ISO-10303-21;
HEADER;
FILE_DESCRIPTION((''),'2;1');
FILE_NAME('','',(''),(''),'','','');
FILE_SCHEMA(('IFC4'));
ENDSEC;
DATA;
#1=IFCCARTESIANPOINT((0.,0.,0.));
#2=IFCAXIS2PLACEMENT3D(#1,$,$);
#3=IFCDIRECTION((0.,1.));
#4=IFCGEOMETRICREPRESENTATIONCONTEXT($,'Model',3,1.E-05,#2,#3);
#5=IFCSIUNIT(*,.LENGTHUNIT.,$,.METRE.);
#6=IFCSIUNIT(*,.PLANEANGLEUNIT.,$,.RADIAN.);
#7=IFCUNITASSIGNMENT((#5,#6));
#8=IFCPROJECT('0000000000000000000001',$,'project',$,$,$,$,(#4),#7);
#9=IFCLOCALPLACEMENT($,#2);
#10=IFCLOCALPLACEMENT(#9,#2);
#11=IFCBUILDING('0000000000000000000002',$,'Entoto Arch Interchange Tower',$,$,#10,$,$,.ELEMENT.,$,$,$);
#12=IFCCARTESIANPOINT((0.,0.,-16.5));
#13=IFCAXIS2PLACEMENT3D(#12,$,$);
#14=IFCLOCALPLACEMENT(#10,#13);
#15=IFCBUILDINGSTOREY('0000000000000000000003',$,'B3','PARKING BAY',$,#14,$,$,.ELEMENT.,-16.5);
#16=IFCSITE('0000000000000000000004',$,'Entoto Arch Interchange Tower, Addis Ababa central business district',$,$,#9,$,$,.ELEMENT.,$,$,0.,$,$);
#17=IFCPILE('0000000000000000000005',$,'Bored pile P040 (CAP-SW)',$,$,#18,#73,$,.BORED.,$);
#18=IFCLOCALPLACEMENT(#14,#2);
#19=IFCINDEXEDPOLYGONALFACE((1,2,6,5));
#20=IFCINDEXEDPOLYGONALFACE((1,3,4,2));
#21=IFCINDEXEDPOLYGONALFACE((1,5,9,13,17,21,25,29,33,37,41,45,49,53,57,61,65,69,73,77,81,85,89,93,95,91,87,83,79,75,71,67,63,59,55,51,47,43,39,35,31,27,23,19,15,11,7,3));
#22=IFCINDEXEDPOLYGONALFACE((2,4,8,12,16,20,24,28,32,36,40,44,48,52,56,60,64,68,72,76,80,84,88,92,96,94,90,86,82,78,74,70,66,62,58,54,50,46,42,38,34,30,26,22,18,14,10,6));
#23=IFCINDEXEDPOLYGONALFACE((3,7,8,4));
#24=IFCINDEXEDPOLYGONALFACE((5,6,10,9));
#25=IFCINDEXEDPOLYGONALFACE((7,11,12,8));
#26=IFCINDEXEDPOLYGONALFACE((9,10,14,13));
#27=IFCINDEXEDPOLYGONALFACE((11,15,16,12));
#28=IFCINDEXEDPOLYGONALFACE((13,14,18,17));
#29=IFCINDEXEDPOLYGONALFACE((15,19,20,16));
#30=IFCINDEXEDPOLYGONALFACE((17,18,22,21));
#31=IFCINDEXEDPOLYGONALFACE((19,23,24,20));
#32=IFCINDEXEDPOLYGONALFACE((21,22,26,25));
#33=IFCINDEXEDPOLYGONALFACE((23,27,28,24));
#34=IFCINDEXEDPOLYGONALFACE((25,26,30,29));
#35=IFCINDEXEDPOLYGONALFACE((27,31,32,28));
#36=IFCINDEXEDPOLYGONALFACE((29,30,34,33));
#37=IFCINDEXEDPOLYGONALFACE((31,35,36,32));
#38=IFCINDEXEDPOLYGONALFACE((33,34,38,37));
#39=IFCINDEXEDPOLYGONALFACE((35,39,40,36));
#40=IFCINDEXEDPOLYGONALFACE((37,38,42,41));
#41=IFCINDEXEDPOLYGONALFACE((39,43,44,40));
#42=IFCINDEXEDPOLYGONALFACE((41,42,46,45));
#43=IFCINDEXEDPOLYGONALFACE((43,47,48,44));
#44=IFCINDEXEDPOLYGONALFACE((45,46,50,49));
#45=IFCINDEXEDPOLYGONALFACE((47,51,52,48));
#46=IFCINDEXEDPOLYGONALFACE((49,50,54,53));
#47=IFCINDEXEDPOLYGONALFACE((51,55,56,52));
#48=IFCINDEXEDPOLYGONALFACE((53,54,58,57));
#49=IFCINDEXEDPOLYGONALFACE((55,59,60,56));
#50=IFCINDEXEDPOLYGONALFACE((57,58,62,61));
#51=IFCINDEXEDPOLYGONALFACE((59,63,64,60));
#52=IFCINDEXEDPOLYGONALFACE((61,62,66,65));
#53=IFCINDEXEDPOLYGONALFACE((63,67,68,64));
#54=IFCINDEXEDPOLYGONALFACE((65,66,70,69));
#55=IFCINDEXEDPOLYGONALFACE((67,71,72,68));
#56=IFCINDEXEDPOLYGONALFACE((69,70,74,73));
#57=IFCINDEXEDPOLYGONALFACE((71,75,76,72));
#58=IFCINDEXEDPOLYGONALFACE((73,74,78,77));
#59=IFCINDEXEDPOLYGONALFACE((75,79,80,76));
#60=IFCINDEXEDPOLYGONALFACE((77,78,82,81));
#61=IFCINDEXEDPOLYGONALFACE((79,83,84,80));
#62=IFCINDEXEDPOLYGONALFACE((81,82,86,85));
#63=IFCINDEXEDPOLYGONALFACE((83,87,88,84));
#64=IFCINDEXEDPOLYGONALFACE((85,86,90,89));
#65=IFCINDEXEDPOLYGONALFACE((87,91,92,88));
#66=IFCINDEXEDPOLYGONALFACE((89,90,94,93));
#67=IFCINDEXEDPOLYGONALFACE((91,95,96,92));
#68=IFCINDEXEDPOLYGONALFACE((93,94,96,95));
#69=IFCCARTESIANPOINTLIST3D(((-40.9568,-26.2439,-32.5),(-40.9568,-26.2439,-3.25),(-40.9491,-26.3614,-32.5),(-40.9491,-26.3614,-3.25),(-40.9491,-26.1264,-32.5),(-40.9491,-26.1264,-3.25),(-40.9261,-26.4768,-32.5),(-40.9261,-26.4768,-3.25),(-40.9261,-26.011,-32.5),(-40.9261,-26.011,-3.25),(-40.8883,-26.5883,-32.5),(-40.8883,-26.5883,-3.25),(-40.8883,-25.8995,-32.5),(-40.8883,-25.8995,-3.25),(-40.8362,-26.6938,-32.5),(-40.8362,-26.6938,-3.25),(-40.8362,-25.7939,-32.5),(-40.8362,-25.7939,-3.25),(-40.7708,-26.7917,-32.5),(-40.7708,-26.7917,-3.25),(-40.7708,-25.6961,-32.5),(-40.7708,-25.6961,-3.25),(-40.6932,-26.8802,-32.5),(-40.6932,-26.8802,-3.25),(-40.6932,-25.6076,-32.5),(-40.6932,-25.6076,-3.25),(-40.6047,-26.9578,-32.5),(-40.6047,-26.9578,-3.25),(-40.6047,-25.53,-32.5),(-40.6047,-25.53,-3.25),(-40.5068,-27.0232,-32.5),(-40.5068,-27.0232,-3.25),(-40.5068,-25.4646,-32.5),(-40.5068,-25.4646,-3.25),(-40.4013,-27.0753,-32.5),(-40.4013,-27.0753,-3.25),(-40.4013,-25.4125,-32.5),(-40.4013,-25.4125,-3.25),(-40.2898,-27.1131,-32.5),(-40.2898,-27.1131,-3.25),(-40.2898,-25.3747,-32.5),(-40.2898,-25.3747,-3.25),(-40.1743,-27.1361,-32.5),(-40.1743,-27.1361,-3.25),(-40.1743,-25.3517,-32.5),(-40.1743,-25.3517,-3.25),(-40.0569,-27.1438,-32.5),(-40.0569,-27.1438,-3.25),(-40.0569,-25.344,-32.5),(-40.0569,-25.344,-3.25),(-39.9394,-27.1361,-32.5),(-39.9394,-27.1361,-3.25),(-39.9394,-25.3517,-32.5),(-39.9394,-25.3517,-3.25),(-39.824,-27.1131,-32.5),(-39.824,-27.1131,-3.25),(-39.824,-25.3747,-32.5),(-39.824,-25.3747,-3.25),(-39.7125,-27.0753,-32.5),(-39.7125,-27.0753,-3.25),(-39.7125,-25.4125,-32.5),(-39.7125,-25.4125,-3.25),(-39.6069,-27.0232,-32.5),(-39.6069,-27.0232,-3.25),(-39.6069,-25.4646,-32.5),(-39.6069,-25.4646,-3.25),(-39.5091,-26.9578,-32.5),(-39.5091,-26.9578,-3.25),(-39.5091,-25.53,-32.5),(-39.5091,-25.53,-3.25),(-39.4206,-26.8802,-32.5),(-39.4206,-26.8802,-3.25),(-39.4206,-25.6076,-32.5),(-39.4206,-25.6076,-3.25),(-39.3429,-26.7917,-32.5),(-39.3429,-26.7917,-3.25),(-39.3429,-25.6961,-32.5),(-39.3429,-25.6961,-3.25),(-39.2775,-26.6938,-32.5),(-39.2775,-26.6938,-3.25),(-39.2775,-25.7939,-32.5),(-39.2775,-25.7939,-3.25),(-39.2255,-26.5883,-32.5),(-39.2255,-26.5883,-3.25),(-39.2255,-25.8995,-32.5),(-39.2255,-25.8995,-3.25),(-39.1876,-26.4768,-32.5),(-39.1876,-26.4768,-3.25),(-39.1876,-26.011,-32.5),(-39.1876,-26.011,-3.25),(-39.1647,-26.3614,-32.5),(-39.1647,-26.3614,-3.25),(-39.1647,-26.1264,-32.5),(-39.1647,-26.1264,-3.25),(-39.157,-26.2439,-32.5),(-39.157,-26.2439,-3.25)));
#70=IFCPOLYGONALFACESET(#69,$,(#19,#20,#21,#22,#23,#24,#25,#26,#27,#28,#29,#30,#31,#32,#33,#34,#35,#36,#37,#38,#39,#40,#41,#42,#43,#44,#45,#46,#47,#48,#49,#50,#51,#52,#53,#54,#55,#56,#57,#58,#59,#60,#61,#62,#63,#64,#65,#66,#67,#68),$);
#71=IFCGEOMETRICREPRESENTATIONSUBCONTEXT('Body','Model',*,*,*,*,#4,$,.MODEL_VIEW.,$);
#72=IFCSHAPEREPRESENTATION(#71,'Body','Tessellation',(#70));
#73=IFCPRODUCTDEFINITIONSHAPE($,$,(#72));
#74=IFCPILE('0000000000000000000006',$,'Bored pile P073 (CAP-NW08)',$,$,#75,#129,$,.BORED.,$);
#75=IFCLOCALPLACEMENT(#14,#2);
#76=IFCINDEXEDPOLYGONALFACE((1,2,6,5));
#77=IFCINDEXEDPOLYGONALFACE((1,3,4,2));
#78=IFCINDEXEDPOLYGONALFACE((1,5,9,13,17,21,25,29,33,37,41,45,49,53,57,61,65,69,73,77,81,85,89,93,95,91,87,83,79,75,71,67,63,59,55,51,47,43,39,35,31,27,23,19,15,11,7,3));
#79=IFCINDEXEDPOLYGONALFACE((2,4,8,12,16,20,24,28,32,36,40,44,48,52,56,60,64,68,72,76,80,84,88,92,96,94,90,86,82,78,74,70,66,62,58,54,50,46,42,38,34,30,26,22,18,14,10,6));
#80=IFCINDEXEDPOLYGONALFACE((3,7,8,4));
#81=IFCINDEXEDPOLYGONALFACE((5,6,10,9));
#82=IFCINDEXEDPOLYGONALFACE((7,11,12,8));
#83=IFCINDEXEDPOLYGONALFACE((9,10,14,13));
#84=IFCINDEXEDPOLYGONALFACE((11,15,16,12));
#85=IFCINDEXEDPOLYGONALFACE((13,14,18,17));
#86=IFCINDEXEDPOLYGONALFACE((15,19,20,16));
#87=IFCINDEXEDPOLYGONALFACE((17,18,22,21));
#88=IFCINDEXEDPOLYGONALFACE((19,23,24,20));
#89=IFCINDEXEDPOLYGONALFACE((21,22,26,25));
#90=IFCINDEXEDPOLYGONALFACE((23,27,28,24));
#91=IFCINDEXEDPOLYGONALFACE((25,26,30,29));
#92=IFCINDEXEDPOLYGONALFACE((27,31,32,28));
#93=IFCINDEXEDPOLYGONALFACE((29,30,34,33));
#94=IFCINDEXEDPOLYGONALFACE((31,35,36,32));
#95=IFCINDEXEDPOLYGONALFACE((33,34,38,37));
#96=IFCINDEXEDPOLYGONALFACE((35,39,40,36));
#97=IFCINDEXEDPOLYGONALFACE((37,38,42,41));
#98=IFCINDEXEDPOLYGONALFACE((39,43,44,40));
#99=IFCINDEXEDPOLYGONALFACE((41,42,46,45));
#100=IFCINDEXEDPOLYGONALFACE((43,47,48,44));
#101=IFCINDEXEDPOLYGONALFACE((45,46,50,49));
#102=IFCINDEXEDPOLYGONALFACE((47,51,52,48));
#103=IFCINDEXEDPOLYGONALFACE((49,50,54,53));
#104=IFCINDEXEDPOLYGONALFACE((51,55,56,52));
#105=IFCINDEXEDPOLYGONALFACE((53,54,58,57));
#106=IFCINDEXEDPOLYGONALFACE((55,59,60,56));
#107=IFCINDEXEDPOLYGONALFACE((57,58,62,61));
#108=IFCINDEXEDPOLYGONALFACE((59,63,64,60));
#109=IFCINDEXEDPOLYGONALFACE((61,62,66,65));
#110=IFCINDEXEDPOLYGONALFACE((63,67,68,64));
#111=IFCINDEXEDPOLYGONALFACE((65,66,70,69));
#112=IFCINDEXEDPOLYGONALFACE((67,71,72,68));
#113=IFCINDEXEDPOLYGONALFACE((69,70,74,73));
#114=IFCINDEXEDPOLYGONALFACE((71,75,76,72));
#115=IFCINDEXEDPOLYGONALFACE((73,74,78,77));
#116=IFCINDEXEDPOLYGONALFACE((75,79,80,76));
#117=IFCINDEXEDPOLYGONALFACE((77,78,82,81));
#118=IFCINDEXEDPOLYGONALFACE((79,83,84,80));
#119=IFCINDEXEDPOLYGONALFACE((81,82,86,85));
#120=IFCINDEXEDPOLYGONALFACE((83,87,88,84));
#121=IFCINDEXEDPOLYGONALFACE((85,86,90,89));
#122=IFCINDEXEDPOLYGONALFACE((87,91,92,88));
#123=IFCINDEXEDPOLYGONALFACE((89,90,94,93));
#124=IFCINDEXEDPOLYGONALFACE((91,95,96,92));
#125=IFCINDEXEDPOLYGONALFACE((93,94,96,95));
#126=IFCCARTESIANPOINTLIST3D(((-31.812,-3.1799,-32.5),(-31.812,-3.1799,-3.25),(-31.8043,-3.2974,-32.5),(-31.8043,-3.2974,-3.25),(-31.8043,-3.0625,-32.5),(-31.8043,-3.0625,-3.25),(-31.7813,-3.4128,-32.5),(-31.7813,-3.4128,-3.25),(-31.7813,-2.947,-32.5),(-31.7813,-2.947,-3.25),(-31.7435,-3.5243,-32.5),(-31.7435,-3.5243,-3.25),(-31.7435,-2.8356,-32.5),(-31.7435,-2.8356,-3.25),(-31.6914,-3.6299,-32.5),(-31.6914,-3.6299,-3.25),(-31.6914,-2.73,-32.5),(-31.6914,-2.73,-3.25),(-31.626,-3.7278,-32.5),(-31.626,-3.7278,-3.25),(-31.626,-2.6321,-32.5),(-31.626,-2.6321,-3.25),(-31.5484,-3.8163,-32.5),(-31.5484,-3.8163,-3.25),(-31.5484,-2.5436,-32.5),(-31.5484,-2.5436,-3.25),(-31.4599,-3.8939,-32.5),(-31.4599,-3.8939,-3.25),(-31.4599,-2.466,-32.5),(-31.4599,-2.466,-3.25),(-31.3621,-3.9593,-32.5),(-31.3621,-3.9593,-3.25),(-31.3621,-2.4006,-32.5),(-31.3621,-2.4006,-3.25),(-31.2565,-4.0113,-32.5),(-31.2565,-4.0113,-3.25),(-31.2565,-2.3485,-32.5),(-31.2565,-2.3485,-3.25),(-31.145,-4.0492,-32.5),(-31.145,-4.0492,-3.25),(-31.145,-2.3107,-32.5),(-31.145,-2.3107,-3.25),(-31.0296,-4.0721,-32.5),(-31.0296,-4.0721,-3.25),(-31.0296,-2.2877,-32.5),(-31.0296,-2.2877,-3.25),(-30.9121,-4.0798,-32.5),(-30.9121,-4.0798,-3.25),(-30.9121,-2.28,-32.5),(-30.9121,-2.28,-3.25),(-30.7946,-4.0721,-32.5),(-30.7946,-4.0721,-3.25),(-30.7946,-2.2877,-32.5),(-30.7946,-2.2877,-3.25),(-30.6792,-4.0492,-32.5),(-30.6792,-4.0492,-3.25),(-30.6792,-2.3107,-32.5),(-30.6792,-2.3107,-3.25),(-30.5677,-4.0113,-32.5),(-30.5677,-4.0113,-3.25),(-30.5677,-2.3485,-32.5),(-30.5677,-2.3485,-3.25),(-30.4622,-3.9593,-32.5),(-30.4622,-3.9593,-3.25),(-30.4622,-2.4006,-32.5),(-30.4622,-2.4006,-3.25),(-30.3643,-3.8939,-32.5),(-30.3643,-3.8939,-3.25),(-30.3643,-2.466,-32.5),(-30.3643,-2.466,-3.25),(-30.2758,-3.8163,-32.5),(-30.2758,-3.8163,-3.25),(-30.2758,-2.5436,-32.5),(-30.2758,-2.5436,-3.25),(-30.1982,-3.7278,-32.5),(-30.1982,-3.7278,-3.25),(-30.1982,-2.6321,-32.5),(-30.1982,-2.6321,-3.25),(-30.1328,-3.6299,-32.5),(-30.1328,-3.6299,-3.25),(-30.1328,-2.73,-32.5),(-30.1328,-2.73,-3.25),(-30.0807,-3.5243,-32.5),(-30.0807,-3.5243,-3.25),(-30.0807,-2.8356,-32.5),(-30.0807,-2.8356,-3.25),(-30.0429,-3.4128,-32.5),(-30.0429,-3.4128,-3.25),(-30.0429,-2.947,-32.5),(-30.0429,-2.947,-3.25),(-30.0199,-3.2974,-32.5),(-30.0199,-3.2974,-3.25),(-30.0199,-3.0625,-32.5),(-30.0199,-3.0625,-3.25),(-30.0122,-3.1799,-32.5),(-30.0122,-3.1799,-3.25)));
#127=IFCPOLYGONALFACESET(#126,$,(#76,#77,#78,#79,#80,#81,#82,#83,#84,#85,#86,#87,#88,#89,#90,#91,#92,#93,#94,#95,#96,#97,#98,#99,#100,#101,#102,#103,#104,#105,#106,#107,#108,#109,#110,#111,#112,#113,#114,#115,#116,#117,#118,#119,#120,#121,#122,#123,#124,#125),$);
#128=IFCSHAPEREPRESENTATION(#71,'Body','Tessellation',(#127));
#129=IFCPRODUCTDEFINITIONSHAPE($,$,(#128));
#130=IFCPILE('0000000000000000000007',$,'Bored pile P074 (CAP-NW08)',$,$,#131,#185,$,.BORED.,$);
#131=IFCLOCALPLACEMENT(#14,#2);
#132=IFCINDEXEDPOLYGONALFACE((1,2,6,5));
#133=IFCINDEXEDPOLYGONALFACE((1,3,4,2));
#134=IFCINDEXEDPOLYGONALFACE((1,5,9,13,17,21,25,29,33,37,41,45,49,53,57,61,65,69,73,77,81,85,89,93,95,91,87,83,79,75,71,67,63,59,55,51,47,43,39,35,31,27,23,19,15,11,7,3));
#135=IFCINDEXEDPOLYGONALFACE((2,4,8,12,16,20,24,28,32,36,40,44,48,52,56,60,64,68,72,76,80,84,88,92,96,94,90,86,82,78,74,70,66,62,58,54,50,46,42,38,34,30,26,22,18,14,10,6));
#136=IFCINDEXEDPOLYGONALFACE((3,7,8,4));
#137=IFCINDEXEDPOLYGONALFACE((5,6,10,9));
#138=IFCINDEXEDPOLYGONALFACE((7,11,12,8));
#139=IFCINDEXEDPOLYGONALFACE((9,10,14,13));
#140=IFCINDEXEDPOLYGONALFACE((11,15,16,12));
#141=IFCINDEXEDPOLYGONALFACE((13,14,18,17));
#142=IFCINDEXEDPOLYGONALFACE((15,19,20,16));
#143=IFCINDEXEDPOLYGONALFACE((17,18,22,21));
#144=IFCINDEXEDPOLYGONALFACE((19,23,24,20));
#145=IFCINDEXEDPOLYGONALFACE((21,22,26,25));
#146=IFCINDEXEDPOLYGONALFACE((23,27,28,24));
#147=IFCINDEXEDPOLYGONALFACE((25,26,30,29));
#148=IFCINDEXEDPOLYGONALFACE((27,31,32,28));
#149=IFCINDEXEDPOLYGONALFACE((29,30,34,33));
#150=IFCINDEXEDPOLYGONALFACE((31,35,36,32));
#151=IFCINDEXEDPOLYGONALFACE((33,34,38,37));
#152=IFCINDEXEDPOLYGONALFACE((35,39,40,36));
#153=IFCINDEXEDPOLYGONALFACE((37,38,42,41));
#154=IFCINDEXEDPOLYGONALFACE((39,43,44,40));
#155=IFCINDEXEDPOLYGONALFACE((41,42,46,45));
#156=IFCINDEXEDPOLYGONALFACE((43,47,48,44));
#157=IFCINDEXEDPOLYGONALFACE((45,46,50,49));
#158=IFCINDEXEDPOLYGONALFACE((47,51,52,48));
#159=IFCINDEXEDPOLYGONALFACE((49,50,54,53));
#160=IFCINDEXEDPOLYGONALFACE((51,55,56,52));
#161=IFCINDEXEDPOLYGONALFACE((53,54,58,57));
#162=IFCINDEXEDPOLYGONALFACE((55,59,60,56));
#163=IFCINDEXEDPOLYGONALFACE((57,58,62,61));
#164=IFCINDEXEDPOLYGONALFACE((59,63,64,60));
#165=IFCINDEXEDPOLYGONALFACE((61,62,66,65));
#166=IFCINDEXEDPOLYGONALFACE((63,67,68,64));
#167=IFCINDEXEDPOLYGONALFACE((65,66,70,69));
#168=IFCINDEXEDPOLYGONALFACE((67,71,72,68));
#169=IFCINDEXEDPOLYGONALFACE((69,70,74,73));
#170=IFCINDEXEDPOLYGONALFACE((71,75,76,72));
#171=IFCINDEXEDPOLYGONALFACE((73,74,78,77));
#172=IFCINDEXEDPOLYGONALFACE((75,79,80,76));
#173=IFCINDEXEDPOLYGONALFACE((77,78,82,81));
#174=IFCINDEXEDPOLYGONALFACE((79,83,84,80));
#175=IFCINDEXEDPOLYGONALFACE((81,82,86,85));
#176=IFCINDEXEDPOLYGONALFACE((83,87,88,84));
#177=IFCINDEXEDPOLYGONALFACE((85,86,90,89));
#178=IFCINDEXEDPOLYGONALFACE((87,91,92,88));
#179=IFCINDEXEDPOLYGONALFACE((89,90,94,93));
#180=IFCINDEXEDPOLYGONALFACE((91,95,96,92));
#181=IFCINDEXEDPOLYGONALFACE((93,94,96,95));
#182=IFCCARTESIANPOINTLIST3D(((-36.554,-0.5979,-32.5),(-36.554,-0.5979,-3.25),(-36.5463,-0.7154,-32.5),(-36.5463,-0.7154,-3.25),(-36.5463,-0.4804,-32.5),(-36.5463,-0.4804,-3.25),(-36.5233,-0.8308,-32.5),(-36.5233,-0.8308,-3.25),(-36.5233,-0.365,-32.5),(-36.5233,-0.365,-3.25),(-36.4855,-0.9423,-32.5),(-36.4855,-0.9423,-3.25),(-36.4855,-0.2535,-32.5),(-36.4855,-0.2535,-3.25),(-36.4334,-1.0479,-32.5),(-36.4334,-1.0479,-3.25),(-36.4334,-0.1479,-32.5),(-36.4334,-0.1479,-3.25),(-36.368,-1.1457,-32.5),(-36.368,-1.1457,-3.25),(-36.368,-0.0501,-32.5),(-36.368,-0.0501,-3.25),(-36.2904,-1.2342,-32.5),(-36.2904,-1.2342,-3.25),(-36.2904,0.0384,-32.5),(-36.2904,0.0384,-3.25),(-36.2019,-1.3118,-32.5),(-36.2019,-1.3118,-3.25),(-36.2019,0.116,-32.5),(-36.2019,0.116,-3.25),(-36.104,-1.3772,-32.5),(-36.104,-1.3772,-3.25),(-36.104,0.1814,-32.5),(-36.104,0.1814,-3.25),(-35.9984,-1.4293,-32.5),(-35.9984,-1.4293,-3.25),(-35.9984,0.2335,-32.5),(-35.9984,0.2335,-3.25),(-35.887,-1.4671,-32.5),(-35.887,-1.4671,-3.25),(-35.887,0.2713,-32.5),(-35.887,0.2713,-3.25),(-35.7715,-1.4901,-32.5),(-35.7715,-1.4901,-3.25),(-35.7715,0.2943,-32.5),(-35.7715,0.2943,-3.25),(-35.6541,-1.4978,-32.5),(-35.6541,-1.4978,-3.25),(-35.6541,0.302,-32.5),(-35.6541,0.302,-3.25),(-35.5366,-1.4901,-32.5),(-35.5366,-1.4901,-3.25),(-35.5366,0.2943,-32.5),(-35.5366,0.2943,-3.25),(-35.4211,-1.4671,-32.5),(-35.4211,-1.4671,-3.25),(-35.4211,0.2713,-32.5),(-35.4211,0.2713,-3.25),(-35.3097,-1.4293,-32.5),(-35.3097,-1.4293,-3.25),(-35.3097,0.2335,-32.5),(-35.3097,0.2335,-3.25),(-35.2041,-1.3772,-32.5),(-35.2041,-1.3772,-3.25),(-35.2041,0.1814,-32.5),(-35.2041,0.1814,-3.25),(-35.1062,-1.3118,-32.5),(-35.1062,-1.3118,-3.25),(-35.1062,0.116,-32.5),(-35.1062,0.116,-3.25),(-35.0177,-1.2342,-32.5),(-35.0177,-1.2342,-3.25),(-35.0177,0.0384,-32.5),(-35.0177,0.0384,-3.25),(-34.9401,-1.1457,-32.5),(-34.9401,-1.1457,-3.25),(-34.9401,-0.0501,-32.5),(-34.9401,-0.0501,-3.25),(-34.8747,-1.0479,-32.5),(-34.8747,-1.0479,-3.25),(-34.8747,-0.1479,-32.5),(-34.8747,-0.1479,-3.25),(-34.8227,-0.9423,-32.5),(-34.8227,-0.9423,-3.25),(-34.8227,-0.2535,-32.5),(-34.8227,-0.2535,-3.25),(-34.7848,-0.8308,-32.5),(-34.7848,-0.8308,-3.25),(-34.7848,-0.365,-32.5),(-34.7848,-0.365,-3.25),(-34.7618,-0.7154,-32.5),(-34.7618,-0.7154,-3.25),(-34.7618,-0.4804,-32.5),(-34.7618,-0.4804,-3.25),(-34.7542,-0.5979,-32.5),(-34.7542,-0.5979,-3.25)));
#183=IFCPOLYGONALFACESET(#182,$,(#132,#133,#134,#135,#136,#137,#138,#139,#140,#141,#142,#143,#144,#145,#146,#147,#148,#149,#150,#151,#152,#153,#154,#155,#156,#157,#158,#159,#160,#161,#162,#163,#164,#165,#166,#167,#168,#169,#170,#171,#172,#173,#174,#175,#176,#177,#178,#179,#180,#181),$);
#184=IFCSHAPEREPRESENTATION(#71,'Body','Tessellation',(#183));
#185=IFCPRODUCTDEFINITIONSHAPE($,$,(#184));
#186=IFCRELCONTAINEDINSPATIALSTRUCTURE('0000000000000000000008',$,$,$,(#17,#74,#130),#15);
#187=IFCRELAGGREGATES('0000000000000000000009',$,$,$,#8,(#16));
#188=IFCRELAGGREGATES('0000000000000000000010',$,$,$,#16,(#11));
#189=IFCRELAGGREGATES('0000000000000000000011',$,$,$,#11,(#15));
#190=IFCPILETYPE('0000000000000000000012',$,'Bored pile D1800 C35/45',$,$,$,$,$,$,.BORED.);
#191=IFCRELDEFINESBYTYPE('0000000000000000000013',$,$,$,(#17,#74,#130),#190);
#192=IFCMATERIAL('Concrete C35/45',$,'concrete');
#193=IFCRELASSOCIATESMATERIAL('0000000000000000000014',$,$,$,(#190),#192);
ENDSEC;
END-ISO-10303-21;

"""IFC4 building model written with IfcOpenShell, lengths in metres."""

from ifc_helpers import new_model, si_unit, direction, frame, origin, origin_2d, place, context, subcontext, project, spatial, circle, extrude, material, material_profile, profile_set, type_object, element, save


model = new_model("IFC4")

# Units and contexts
model_context = context("Model", 3, precision=1e-05, world=origin(), true_north=direction((0.0, 1.0)))
body_context = subcontext(model_context, "Body", "Model", "MODEL_VIEW")
ifc_project = project(units=[si_unit("LENGTHUNIT", "METRE"), si_unit("PLANEANGLEUNIT", "RADIAN")], contexts=[model_context])

# Site, building, storey
site_placement = place(None, origin())
site = spatial("IfcSite", under=ifc_project, at=site_placement, Name="Entoto Arch Interchange Tower, Addis Ababa central business district", CompositionType="ELEMENT", RefElevation=0.0)
building_placement = place(site_placement, origin())
building = spatial("IfcBuilding", under=site, at=building_placement, Name="Entoto Arch Interchange Tower", CompositionType="ELEMENT")
storey_placement = place(building_placement, frame((0.0, 0.0, -16.5)))
storey = spatial("IfcBuildingStorey", under=building, at=storey_placement, Name="B3", Description="PARKING BAY", CompositionType="ELEMENT", Elevation=-16.5)

# Piles
ifc_material_1 = material(Name="Concrete C35/45", Category="concrete")
ifc_material_profile_1 = material_profile(ifc_material_1, circle(Radius=0.8999, at=origin_2d()))
ifc_profile_set_1 = profile_set([ifc_material_profile_1], Name="Concrete C35/45")
pile_type = type_object("IfcPileType", Name="Bored pile D1800 C35/45", PredefinedType="BORED", material=ifc_profile_set_1)
for number, where, z_axis, x_axis, name in (
    (1, (-40.0569, -26.2439, -3.25), (0.0, 0.0, -1.0), (1.0, 0.0, 0.0), "Bored pile P040 (CAP-SW)"),
    (2, (-30.9121, -3.1799, -3.25), (0.0, 0.0, -1.0), (1.0, 0.0, 0.0), "Bored pile P073 (CAP-NW08)"),
    (3, (-35.6541, -0.5979, -3.25), (0.0, 0.0, -1.0), (1.0, 0.0, 0.0), "Bored pile P074 (CAP-NW08)"),
):
    element("IfcPile", number, at=place(storey_placement, frame(where, z_axis=z_axis, x_axis=x_axis)), inside=storey, type_object=pile_type, Name=name, PredefinedType="BORED", context=body_context, shape_type="SweptSolid", body=[
        extrude(circle(Radius=0.8999, at=origin_2d()), origin(), (0.0, 0.0, 1.0), 29.25),
    ])

save(model, "model.ifc")
